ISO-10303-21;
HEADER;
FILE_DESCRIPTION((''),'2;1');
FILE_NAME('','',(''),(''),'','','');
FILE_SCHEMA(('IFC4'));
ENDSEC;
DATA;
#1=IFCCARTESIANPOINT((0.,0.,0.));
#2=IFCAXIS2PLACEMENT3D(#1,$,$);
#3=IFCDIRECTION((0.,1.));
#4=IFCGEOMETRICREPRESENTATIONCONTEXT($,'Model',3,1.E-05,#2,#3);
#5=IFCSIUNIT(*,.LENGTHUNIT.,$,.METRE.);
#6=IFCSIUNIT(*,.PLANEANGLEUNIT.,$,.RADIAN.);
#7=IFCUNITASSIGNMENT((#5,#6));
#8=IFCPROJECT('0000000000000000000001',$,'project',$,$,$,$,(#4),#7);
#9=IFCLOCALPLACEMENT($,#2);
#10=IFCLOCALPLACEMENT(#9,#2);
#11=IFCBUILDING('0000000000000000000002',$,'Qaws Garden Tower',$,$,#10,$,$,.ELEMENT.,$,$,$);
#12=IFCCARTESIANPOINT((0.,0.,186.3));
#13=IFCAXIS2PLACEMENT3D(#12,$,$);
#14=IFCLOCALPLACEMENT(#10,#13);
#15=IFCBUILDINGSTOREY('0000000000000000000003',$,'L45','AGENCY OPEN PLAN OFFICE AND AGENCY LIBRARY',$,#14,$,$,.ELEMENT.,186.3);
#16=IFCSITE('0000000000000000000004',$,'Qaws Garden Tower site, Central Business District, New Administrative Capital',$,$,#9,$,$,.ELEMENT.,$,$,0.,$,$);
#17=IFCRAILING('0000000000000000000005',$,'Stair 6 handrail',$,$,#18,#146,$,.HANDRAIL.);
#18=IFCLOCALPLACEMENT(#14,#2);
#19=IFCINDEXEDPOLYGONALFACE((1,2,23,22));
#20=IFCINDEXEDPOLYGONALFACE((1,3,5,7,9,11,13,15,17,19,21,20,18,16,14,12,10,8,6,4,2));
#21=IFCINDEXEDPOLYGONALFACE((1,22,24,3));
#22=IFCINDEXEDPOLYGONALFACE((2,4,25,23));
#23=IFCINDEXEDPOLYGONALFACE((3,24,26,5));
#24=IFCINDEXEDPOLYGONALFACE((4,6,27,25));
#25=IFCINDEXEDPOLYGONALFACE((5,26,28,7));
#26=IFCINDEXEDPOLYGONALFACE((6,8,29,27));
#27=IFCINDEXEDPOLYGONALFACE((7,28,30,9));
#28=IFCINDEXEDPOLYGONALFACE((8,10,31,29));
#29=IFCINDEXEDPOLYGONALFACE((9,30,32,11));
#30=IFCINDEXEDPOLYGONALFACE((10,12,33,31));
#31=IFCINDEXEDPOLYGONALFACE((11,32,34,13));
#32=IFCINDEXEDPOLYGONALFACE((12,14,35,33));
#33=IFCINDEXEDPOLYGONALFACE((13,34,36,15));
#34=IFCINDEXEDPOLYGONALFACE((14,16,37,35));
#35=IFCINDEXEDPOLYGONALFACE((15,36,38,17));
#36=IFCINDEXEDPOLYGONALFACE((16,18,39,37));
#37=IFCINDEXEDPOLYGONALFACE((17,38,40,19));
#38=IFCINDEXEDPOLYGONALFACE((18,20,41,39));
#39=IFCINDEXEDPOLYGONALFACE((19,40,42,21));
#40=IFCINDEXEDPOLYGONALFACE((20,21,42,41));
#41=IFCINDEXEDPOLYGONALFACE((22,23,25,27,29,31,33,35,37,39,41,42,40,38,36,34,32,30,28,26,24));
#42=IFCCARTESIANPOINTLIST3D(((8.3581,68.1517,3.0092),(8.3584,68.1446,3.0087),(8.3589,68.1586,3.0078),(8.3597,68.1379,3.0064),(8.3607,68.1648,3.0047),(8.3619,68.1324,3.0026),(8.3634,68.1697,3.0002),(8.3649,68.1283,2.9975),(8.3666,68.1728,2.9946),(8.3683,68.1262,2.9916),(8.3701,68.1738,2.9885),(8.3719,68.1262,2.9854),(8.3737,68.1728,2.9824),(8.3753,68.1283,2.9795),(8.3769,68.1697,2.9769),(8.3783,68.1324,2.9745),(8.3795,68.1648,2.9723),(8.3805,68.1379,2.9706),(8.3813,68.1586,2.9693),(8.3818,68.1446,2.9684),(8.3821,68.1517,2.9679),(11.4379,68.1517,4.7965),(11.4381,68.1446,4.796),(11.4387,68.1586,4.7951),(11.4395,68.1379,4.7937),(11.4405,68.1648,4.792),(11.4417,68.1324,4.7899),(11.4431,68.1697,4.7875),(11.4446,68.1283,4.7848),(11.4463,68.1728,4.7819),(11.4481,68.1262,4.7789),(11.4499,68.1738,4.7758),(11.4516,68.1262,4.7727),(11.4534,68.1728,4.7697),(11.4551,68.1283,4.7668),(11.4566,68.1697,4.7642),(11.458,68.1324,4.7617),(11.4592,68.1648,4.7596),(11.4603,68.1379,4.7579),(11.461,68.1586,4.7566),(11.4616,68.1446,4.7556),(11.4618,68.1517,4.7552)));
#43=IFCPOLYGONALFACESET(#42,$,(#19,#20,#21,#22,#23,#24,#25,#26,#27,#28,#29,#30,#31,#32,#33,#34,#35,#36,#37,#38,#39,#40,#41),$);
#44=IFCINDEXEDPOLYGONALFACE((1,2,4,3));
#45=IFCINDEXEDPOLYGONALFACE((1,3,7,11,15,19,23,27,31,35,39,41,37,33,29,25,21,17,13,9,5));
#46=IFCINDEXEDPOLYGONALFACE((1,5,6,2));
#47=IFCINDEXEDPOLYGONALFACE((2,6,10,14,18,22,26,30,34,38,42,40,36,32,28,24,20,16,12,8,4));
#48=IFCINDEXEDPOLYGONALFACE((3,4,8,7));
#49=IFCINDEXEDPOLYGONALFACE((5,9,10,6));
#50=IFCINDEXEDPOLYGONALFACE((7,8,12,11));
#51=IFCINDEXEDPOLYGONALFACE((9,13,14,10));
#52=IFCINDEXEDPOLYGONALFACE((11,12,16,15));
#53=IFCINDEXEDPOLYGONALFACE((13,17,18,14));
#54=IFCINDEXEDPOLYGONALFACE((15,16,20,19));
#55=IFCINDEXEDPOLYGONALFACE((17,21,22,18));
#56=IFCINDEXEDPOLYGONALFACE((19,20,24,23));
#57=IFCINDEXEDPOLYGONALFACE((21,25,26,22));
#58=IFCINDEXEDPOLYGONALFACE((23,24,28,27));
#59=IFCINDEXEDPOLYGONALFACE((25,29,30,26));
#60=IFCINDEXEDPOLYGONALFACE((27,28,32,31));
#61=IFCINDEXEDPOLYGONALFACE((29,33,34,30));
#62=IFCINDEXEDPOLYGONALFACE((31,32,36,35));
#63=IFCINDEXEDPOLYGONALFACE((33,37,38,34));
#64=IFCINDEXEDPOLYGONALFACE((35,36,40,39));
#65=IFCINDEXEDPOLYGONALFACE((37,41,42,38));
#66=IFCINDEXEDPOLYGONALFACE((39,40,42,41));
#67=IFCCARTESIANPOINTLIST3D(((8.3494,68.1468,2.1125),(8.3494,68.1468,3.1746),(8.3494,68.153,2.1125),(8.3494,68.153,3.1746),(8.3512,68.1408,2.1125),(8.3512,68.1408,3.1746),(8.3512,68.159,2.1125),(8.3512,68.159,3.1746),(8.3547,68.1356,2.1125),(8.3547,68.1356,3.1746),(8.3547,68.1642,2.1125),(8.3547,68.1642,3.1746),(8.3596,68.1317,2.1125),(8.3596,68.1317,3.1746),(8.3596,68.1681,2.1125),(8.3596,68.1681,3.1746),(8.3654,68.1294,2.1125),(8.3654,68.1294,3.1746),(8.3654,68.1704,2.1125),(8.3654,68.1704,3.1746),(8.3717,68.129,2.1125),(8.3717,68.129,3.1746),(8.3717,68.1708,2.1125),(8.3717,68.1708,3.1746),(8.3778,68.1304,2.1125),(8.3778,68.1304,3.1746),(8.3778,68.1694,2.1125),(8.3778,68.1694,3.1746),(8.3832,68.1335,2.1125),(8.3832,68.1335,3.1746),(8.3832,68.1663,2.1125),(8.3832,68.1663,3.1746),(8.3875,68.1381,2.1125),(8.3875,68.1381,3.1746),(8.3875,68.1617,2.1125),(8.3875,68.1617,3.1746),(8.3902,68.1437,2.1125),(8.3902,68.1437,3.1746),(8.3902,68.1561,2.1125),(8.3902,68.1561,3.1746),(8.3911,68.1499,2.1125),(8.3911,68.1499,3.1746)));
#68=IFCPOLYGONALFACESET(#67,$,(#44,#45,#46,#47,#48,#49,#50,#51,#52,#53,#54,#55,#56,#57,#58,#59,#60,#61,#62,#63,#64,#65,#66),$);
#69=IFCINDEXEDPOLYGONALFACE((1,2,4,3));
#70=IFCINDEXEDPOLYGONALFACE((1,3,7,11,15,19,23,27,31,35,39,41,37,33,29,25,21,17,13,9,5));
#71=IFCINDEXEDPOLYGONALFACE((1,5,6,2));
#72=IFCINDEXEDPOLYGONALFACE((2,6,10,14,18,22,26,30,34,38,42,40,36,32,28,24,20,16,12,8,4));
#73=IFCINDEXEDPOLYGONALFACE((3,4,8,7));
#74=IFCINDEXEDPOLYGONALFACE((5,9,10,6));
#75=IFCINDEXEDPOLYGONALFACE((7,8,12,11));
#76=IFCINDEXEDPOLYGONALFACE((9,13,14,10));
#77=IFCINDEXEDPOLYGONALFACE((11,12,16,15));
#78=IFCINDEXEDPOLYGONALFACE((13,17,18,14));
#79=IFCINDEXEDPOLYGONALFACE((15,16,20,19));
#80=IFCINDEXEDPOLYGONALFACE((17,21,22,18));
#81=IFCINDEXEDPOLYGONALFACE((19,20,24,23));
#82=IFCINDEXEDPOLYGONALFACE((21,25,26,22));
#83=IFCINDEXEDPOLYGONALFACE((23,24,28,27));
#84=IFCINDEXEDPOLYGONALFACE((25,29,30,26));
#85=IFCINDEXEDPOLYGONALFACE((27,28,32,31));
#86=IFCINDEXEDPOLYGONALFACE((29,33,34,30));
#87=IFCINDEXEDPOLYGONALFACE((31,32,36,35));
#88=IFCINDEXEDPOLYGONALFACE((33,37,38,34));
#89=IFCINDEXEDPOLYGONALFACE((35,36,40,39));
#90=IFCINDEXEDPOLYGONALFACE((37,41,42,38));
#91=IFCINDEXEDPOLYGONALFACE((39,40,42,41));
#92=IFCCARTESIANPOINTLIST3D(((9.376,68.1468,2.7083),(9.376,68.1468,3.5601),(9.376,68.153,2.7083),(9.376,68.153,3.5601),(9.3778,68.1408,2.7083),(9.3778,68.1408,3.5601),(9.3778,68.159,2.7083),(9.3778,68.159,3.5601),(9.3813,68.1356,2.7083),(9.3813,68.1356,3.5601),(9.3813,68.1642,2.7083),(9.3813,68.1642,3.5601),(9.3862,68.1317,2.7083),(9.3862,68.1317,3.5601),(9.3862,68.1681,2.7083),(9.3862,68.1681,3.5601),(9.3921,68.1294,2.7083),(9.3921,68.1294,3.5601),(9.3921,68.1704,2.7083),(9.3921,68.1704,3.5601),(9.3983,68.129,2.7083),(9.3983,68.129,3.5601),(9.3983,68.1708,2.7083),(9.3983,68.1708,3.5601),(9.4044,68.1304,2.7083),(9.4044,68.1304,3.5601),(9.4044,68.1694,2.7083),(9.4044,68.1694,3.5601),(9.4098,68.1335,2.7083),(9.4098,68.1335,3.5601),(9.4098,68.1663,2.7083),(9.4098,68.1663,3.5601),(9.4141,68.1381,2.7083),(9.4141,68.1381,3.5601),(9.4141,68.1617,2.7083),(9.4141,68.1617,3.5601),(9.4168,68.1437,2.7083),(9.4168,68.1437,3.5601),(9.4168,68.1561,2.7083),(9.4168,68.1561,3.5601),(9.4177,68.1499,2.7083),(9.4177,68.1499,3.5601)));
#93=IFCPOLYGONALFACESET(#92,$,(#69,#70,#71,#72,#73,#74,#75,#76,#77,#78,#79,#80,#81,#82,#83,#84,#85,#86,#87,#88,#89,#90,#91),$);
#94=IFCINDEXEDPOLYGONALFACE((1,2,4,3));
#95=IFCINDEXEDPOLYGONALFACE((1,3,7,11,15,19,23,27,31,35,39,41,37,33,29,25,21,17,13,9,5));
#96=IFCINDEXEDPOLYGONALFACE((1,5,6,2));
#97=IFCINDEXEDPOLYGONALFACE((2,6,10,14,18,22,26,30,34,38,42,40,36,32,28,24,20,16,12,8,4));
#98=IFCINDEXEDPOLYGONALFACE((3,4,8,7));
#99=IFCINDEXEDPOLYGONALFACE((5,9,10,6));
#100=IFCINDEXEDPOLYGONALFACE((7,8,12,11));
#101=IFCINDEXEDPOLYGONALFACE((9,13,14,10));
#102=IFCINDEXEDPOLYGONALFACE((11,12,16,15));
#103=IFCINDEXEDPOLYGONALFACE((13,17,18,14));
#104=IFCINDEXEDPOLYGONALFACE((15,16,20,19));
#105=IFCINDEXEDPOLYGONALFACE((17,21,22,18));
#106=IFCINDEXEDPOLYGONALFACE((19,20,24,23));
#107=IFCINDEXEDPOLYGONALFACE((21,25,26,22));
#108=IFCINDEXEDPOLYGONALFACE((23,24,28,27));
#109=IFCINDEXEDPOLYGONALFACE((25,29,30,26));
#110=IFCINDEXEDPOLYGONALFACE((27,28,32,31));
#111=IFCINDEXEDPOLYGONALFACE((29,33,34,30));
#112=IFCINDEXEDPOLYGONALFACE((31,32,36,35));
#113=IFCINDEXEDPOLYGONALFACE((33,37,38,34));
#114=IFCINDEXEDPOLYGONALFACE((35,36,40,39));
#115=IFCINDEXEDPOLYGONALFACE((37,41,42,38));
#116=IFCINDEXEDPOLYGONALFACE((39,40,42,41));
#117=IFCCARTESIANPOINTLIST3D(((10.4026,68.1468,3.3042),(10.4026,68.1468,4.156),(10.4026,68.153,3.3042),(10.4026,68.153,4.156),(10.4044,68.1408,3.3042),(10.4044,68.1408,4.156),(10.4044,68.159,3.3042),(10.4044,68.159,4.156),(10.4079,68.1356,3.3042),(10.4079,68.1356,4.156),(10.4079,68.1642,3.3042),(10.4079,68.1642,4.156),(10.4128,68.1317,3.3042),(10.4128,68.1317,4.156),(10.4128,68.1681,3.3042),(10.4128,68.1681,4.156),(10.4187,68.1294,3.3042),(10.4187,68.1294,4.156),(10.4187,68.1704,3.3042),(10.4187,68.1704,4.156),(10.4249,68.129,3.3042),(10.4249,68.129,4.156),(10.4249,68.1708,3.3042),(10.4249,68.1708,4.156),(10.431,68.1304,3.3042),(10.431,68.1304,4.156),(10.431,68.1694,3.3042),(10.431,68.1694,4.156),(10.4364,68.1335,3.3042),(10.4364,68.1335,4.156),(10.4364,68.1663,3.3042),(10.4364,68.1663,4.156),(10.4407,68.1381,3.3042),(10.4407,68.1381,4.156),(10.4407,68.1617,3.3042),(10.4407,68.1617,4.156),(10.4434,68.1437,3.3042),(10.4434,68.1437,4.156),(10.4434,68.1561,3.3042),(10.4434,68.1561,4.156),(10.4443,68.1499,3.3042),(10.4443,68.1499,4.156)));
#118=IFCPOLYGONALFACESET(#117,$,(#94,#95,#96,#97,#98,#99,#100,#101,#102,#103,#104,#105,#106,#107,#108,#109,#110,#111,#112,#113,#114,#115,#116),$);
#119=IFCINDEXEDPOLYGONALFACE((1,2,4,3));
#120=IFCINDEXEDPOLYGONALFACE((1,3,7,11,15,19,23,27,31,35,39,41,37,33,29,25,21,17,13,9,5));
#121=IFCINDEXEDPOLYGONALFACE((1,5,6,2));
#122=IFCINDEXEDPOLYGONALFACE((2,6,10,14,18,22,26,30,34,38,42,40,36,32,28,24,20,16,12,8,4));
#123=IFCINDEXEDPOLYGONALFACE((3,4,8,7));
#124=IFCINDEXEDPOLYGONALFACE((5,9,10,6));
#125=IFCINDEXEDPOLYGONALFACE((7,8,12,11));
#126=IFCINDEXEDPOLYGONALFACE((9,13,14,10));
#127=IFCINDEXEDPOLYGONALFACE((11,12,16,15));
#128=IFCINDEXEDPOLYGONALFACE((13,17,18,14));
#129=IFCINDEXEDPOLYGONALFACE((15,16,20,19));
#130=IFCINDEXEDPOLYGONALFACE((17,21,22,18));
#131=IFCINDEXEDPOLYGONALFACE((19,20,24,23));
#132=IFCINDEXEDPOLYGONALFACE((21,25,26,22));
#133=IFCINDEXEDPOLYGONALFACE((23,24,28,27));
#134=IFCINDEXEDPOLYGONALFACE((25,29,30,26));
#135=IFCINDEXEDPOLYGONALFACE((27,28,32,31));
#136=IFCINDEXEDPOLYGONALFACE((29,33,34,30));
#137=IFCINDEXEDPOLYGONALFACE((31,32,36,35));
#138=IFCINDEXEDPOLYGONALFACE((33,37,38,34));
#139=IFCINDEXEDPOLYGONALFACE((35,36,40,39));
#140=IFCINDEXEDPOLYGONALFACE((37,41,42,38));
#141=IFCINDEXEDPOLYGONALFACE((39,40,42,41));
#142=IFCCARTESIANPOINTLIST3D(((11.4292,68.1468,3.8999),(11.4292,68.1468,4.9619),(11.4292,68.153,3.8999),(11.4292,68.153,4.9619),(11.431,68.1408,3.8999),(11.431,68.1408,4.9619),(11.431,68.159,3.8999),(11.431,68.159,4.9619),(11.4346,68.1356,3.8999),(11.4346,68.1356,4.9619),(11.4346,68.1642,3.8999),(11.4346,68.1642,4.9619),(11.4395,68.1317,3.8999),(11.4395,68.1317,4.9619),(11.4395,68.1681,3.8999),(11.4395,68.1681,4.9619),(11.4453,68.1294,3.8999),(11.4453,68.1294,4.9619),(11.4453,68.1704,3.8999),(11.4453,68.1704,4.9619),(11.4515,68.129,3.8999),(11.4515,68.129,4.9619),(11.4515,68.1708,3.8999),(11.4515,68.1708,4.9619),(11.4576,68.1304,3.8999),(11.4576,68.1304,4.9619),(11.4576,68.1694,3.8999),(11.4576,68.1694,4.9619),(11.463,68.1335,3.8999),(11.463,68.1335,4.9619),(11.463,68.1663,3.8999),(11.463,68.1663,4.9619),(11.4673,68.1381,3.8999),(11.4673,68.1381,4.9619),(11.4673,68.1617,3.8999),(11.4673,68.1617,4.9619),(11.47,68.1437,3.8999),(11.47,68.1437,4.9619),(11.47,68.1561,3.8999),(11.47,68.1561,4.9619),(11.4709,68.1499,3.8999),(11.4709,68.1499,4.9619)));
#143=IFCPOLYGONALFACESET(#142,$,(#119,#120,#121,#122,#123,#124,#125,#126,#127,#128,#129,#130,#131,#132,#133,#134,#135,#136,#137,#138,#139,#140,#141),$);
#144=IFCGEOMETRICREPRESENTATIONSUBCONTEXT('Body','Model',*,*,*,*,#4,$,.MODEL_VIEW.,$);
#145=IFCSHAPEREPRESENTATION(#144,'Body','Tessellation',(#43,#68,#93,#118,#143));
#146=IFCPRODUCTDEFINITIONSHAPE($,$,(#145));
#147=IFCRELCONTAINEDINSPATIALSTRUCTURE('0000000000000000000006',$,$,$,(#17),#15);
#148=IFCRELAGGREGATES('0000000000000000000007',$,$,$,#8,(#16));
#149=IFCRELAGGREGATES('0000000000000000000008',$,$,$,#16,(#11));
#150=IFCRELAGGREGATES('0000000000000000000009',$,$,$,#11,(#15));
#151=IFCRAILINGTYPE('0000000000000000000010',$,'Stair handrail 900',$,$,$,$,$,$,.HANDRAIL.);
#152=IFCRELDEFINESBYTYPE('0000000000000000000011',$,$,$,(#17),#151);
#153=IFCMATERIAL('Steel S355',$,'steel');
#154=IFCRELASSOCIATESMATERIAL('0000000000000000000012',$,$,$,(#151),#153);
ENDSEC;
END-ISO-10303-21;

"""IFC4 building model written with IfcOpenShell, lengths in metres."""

from ifc_helpers import new_model, si_unit, direction, frame, origin, origin_2d, place, context, subcontext, project, spatial, circle, extrude, material, type_object, element, save


model = new_model("IFC4")

# Units and contexts
model_context = context("Model", 3, precision=1e-05, world=origin(), true_north=direction((0.0, 1.0)))
body_context = subcontext(model_context, "Body", "Model", "MODEL_VIEW")
ifc_project = project(units=[si_unit("LENGTHUNIT", "METRE"), si_unit("PLANEANGLEUNIT", "RADIAN")], contexts=[model_context])

# Site, building, storey
site_placement = place(None, origin())
site = spatial("IfcSite", under=ifc_project, at=site_placement, Name="Qaws Garden Tower site, Central Business District, New Administrative Capital", CompositionType="ELEMENT", RefElevation=0.0)
building_placement = place(site_placement, origin())
building = spatial("IfcBuilding", under=site, at=building_placement, Name="Qaws Garden Tower", CompositionType="ELEMENT")
storey_placement = place(building_placement, frame((0.0, 0.0, 186.3)))
storey = spatial("IfcBuildingStorey", under=building, at=storey_placement, Name="L45", Description="AGENCY OPEN PLAN OFFICE AND AGENCY LIBRARY", CompositionType="ELEMENT", Elevation=186.3)

# Railing
ifc_material_1 = material(Name="Steel S355", Category="steel")
railing_type = type_object("IfcRailingType", Name="Stair handrail 900", PredefinedType="HANDRAIL", material=ifc_material_1)
railing_1_placement = place(storey_placement, frame((8.3701, 68.1499, 2.1125)))
element("IfcRailing", 1, at=railing_1_placement, inside=storey, type_object=railing_type, Name="Stair 6 handrail", PredefinedType="HANDRAIL", context=body_context, shape_type="SweptSolid", body=[
    extrude(circle(Radius=0.0239, at=origin_2d()), frame((0.0, 0.0, 0.876), z_axis=(0.864903, 0.0, 0.501939), x_axis=(0.0, 1.0, 0.0)), (0.0, 0.0, 1.0), 3.5608),
    extrude(circle(Radius=0.021, at=origin_2d()), origin(), (0.0, 0.0, 1.0), 1.062),
    extrude(circle(Radius=0.021, at=origin_2d()), frame((1.0266, 0.0, 0.5957)), (0.0, 0.0, 1.0), 0.8518),
    extrude(circle(Radius=0.021, at=origin_2d()), frame((2.0532, 0.0, 1.1917)), (0.0, 0.0, 1.0), 0.8518),
    extrude(circle(Radius=0.021, at=origin_2d()), frame((3.0798, 0.0, 1.7874)), (0.0, 0.0, 1.0), 1.062),
])

save(model, "model.ifc")
